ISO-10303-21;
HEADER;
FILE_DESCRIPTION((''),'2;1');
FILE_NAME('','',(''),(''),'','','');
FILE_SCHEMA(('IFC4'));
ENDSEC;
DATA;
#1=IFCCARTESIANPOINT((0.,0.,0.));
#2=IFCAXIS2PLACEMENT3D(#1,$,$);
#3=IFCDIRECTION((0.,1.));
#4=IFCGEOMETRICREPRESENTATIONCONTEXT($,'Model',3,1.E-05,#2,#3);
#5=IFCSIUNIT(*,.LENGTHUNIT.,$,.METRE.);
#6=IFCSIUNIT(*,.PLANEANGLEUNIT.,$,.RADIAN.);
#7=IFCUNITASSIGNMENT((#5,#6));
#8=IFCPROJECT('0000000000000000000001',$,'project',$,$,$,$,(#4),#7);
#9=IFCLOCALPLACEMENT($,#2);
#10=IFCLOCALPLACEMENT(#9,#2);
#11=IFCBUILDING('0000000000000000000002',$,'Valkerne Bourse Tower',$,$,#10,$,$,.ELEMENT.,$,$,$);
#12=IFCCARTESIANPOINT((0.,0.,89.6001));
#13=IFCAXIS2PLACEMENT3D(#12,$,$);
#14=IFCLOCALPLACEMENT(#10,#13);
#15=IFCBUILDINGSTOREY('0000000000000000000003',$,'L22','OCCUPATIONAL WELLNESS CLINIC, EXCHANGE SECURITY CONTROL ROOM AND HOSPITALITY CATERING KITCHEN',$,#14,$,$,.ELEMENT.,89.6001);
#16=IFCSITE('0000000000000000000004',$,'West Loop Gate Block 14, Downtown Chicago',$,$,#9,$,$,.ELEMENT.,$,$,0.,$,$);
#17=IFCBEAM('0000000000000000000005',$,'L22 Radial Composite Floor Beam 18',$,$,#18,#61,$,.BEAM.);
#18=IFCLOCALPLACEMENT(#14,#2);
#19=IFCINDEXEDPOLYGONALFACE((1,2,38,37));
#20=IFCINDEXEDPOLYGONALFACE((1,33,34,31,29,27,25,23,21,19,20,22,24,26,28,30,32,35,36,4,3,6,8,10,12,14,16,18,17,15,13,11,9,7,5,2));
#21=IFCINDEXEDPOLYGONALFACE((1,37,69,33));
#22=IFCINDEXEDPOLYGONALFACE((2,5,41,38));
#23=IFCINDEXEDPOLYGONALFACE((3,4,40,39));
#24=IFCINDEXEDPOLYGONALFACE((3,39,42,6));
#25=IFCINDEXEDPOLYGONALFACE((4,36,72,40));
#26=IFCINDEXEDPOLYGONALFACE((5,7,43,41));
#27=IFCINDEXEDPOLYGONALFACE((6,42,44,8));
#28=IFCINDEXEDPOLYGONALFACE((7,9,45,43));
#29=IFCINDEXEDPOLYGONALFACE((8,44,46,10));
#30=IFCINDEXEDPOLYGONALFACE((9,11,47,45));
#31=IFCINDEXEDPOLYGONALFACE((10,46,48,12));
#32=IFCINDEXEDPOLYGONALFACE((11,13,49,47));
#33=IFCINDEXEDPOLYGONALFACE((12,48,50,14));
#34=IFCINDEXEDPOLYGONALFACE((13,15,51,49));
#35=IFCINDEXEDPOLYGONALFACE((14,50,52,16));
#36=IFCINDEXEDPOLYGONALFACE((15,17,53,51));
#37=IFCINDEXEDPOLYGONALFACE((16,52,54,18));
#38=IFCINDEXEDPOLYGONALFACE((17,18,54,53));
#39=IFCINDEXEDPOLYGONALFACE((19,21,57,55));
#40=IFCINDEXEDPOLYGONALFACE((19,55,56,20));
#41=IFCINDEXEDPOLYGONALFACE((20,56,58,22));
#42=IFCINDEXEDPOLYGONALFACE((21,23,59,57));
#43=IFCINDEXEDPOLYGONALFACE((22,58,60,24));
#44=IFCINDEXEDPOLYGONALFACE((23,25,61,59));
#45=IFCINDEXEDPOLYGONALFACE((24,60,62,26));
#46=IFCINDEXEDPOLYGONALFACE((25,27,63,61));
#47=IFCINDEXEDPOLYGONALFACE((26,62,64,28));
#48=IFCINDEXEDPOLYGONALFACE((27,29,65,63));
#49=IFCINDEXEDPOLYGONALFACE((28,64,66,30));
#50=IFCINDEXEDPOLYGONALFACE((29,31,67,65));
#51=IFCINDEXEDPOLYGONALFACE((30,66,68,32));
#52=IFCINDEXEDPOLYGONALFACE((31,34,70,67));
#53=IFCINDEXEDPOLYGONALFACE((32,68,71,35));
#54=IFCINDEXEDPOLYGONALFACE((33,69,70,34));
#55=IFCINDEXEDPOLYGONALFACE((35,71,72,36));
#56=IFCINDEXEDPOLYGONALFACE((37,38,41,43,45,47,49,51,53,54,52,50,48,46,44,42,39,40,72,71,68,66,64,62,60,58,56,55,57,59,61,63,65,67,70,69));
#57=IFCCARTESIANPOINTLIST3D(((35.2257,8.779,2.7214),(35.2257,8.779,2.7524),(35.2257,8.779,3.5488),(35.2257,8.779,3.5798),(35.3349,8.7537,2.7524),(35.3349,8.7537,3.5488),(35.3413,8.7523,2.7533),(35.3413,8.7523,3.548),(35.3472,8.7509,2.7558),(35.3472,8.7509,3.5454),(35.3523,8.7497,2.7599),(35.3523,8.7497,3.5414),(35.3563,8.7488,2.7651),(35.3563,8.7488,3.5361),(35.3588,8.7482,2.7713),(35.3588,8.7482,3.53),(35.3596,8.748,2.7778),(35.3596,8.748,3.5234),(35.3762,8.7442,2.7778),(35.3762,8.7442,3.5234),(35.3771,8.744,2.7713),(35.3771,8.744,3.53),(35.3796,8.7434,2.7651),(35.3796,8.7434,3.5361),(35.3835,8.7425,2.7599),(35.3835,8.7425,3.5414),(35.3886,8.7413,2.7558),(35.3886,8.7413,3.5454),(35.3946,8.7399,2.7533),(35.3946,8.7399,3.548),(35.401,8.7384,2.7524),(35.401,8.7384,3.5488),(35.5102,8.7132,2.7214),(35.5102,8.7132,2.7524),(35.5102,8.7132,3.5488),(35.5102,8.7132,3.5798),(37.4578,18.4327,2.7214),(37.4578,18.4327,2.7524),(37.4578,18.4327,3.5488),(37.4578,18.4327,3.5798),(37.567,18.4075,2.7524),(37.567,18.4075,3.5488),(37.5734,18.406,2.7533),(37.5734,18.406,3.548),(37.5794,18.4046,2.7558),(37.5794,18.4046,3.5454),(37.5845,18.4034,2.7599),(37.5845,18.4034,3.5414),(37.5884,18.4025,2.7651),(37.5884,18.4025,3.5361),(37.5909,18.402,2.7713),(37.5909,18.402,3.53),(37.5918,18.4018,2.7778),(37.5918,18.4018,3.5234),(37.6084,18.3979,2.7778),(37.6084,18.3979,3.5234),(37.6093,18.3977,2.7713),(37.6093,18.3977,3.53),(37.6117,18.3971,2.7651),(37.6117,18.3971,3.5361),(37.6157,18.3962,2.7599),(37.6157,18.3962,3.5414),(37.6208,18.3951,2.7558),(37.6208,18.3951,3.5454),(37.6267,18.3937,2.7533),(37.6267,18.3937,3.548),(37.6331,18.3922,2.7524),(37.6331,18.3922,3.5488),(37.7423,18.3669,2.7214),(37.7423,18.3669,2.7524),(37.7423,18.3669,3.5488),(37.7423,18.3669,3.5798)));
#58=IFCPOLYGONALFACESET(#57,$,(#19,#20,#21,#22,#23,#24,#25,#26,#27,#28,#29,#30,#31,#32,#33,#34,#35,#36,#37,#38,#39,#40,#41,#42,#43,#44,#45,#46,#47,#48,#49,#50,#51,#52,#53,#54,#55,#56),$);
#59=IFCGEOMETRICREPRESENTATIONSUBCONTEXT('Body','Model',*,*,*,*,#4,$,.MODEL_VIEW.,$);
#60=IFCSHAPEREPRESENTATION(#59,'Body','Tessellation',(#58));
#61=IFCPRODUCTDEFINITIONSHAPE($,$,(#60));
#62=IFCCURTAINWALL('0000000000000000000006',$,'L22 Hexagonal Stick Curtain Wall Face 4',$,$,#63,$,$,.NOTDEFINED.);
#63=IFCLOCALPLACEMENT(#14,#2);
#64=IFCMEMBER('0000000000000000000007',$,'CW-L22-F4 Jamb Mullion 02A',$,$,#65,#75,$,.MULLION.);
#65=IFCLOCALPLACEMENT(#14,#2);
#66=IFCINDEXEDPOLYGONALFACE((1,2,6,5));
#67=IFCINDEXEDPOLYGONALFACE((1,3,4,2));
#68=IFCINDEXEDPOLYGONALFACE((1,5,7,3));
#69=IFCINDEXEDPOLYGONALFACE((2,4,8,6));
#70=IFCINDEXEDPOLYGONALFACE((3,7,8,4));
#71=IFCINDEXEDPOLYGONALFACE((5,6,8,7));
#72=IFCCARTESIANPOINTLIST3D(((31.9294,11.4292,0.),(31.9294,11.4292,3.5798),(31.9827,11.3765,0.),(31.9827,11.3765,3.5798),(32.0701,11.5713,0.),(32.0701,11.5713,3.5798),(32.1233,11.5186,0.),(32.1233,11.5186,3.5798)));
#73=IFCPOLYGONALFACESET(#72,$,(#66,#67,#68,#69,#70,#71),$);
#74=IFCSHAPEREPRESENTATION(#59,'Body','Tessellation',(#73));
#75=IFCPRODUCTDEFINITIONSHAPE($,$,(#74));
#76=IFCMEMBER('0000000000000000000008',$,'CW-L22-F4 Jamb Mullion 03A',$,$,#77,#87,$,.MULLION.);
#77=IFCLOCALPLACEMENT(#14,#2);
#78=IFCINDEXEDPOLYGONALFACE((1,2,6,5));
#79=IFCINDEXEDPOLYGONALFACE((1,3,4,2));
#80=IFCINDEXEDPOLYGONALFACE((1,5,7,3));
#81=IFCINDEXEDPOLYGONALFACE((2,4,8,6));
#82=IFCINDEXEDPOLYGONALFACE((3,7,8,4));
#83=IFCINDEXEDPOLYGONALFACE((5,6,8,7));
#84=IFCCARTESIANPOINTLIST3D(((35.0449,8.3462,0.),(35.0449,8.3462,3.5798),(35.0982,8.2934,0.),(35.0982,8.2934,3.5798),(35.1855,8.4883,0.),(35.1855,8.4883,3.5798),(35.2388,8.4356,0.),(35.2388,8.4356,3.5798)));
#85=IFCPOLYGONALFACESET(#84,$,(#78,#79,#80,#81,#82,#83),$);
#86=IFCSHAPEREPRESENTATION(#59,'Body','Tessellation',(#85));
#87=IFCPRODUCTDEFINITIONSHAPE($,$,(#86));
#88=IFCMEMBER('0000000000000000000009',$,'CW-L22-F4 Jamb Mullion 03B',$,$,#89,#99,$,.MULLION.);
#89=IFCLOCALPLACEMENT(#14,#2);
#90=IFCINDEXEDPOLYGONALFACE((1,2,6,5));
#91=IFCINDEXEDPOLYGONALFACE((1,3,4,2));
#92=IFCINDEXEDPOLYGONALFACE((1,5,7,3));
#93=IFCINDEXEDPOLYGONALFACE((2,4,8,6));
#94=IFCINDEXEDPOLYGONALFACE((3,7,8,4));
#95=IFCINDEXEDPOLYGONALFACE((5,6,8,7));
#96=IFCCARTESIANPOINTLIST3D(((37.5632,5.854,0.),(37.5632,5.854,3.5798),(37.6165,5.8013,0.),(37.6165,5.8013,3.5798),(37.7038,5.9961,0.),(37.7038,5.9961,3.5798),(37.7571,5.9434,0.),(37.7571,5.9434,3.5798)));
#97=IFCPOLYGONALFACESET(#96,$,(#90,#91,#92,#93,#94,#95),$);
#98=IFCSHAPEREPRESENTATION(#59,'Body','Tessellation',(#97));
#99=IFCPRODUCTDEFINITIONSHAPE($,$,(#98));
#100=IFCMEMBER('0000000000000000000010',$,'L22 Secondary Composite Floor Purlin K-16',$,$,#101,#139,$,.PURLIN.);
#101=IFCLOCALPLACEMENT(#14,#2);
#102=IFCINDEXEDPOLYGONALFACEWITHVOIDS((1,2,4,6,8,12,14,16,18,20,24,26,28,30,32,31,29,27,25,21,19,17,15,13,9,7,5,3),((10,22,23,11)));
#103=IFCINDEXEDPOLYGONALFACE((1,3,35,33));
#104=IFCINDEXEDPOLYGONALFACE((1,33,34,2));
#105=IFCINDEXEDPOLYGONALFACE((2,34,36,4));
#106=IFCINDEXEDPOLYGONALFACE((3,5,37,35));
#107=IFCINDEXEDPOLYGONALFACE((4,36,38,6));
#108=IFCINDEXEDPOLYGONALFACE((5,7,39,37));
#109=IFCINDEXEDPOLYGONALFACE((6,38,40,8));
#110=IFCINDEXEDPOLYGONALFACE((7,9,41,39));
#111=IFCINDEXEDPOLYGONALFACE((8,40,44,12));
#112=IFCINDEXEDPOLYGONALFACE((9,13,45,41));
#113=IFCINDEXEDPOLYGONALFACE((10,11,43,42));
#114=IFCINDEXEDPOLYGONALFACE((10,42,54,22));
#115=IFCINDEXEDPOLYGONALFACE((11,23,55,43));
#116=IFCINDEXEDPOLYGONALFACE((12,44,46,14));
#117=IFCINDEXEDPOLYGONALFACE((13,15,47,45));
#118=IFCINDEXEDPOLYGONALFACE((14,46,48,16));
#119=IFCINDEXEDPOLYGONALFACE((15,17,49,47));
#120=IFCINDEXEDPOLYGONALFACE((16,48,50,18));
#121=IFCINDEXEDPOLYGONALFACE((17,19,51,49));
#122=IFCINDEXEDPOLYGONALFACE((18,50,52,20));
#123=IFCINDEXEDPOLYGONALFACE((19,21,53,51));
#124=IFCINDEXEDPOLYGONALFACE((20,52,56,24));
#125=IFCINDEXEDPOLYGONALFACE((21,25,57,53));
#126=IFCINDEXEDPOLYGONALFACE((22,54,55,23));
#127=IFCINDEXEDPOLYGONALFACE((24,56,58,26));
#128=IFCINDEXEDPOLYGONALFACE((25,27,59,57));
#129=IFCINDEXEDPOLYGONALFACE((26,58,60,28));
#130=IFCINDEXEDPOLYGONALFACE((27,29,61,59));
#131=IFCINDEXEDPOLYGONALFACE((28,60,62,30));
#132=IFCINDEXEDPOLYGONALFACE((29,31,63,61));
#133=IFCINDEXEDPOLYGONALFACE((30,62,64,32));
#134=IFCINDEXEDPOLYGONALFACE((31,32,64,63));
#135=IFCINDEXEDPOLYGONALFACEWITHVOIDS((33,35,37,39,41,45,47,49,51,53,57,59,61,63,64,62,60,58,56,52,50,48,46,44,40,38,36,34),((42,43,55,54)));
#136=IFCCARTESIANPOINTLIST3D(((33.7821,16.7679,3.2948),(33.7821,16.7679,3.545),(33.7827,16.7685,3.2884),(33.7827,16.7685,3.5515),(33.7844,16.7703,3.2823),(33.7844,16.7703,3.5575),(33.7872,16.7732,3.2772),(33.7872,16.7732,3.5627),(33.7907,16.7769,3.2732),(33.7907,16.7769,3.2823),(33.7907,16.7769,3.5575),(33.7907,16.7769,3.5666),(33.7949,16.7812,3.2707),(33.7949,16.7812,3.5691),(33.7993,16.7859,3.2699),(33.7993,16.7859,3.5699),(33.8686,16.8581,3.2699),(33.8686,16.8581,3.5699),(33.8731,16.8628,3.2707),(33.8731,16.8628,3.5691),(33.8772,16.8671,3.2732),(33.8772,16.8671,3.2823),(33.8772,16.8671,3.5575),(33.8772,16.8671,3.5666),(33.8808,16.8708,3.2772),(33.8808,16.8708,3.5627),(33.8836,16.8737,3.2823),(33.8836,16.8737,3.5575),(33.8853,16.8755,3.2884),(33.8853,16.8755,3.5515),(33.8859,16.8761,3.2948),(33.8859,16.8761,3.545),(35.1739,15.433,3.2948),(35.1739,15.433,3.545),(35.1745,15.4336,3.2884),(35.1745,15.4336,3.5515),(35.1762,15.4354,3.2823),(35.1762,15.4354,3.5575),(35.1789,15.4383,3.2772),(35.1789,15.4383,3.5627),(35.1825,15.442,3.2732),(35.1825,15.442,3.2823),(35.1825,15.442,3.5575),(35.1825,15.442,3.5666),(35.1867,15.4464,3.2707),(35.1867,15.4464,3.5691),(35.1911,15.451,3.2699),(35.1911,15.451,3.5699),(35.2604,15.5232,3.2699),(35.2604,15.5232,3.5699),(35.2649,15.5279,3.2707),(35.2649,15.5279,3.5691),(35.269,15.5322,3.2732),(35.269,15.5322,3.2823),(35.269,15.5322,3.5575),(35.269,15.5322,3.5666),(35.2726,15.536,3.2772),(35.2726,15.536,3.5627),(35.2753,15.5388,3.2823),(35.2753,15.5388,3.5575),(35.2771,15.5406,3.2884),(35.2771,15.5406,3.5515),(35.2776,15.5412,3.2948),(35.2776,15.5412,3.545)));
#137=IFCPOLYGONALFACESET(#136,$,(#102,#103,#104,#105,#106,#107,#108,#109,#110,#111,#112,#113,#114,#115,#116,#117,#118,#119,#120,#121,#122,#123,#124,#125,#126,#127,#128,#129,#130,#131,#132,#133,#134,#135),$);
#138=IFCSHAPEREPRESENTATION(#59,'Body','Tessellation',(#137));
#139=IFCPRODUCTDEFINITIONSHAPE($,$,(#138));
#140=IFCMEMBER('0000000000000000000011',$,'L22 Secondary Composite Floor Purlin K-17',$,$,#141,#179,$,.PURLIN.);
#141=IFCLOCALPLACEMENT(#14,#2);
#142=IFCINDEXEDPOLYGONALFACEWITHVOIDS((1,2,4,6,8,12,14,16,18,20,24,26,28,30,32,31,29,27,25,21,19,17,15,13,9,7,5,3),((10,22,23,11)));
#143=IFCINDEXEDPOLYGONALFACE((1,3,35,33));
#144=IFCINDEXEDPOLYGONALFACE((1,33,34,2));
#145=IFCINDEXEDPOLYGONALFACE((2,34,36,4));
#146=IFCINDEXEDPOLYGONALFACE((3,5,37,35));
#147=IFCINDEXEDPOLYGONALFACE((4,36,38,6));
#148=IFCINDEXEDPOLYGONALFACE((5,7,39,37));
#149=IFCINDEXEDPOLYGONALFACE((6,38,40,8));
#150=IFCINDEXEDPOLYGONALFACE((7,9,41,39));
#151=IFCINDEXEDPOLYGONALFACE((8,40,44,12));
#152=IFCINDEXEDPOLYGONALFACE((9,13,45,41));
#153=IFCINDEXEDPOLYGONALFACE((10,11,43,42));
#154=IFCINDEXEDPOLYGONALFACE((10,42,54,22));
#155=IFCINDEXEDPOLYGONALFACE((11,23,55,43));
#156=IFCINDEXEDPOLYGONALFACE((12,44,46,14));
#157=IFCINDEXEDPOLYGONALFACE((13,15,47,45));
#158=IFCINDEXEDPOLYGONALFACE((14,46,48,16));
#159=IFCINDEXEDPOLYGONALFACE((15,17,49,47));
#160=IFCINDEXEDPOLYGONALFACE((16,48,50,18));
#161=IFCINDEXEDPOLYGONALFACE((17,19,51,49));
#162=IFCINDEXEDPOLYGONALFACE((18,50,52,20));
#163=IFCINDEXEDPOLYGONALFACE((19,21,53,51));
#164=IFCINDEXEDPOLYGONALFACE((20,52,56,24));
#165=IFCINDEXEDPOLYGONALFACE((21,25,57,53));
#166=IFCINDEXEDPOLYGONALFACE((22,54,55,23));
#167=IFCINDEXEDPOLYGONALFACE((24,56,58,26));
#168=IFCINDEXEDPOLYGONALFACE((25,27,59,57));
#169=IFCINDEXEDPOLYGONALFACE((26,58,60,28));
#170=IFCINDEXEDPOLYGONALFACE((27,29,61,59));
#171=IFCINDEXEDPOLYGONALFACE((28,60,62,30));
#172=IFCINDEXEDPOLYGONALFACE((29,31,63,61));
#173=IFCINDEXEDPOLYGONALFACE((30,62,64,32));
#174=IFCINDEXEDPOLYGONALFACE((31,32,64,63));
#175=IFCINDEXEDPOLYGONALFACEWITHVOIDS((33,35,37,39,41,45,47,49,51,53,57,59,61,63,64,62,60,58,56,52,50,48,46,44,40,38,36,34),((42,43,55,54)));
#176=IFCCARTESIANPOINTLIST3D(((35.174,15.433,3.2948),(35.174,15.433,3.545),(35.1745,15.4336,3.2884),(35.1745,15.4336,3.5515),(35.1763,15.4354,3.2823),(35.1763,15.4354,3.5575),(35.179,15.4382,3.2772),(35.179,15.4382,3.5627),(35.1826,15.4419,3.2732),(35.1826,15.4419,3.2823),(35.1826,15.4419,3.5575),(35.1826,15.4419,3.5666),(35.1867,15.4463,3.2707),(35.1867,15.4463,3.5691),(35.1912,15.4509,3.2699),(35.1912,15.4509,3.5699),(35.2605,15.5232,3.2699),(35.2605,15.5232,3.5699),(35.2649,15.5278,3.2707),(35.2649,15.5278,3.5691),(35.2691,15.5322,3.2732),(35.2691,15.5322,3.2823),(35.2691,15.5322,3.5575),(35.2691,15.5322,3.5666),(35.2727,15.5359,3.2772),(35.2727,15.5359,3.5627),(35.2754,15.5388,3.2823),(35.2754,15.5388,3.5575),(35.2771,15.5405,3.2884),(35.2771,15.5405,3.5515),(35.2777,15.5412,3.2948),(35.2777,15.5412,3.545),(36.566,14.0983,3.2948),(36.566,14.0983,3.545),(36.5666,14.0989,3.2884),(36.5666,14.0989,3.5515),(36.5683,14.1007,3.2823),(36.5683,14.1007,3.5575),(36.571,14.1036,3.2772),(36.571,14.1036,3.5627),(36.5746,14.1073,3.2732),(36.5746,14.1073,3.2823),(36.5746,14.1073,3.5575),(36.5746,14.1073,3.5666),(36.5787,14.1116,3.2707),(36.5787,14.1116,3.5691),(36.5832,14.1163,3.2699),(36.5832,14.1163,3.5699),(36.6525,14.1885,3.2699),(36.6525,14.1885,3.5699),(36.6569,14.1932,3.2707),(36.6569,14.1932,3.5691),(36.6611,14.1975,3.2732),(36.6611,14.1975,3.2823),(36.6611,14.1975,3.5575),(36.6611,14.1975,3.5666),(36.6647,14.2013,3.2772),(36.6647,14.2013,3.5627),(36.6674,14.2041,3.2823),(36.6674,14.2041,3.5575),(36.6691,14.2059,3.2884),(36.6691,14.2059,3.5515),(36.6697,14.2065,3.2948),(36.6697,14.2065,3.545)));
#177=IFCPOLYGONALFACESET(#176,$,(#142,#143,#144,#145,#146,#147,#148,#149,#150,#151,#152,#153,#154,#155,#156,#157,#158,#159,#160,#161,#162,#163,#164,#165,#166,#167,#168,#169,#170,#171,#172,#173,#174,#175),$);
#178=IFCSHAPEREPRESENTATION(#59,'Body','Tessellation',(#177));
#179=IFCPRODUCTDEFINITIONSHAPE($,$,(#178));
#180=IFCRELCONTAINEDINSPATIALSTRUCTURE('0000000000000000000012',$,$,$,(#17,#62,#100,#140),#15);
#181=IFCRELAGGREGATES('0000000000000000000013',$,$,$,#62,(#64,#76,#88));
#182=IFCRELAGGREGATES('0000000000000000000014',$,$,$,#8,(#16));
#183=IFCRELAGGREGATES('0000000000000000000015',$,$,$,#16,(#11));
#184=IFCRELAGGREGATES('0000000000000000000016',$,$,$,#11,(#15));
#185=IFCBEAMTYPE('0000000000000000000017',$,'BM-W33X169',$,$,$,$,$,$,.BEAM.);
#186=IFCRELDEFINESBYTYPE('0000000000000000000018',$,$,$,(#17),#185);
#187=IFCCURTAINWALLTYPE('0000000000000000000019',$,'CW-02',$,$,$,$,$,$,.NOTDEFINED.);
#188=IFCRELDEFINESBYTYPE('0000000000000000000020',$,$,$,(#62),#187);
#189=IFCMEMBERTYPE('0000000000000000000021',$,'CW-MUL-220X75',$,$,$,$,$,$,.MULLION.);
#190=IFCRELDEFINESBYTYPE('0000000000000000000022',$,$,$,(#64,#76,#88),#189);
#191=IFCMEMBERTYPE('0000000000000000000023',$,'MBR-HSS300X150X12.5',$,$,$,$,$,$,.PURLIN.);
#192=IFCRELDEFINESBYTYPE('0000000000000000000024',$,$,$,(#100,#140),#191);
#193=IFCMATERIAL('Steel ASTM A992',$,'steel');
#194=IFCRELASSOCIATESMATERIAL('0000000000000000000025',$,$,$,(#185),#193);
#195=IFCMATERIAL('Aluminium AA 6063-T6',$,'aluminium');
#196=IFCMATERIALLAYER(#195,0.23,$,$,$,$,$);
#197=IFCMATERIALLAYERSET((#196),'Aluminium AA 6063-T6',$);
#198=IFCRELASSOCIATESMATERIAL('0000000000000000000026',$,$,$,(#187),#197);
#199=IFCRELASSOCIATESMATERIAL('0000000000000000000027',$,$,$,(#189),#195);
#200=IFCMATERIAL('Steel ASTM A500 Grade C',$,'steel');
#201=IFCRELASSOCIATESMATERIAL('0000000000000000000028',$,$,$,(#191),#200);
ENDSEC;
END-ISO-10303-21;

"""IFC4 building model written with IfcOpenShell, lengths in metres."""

from ifc_helpers import new_model, si_unit, direction, frame, origin, origin_2d, place, context, subcontext, project, spatial, rectangle, hollow_rectangle, i_section, extrude, material, layer, layer_set, material_profile, profile_set, type_object, element, aggregate, save


model = new_model("IFC4")

# Units and contexts
model_context = context("Model", 3, precision=1e-05, world=origin(), true_north=direction((0.0, 1.0)))
body_context = subcontext(model_context, "Body", "Model", "MODEL_VIEW")
ifc_project = project(units=[si_unit("LENGTHUNIT", "METRE"), si_unit("PLANEANGLEUNIT", "RADIAN")], contexts=[model_context])

# Site, building, storey
site_placement = place(None, origin())
site = spatial("IfcSite", under=ifc_project, at=site_placement, Name="West Loop Gate Block 14, Downtown Chicago", CompositionType="ELEMENT", RefElevation=0.0)
building_placement = place(site_placement, origin())
building = spatial("IfcBuilding", under=site, at=building_placement, Name="Valkerne Bourse Tower", CompositionType="ELEMENT")
storey_placement = place(building_placement, frame((0.0, 0.0, 89.6001)))
storey = spatial("IfcBuildingStorey", under=building, at=storey_placement, Name="L22", Description="OCCUPATIONAL WELLNESS CLINIC, EXCHANGE SECURITY CONTROL ROOM AND HOSPITALITY CATERING KITCHEN", CompositionType="ELEMENT", Elevation=89.6001)

# Beam
ifc_material_1 = material(Name="Steel ASTM A992", Category="steel")
ifc_material_profile_1 = material_profile(ifc_material_1, i_section(OverallWidth=0.292, OverallDepth=0.8584, WebThickness=0.0171, FlangeThickness=0.031, FilletRadius=0.0254, at=origin_2d()), Name="W33X169")
ifc_profile_set_1 = profile_set([ifc_material_profile_1], Name="Steel ASTM A992")
beam_type_1 = type_object("IfcBeamType", Name="BM-W33X169", PredefinedType="BEAM", material=ifc_profile_set_1)
beam_1_placement = place(storey_placement, frame((35.3679, 8.7461, 3.1506), z_axis=(0.225279, 0.974294, 0.0), x_axis=(-0.974294, 0.225279, 0.0)))
element("IfcBeam", 1, at=beam_1_placement, inside=storey, type_object=beam_type_1, Name="L22 Radial Composite Floor Beam 18", PredefinedType="BEAM", context=body_context, shape_type="SweptSolid", body=[
    extrude(i_section(OverallWidth=0.292, OverallDepth=0.8584, WebThickness=0.0171, FlangeThickness=0.031, FilletRadius=0.0254, at=origin_2d()), origin(), (0.0, 0.0, 1.0), 9.9084),
])

# Curtain wall, members
ifc_material_2 = material(Name="Aluminium AA 6063-T6", Category="aluminium")
ifc_layer_1 = layer(ifc_material_2, 0.23)
ifc_layer_set_1 = layer_set([ifc_layer_1], Name="Aluminium AA 6063-T6")
curtain_wall_type = type_object("IfcCurtainWallType", Name="CW-02", PredefinedType="NOTDEFINED", material=ifc_layer_set_1)
curtain_wall_placement = place(storey_placement, origin())
curtain_wall = element("IfcCurtainWall", 2, at=curtain_wall_placement, inside=storey, type_object=curtain_wall_type, Name="L22 Hexagonal Stick Curtain Wall Face 4", PredefinedType="NOTDEFINED")
ifc_material_profile_2 = material_profile(ifc_material_2, rectangle(XDim=0.075, YDim=0.2, at=origin_2d()), Name="CWM-75X200")
ifc_profile_set_2 = profile_set([ifc_material_profile_2], Name="Aluminium AA 6063-T6")
member_type_1 = type_object("IfcMemberType", Name="CW-MUL-220X75", PredefinedType="MULLION", material=ifc_profile_set_2)
member_1_placement = place(storey_placement, frame((32.0264, 11.4739, 0.0), z_axis=(0.0, 0.0, 1.0), x_axis=(0.710793, -0.703401, 0.0)))
member_1 = element("IfcMember", 3, at=member_1_placement, type_object=member_type_1, Name="CW-L22-F4 Jamb Mullion 02A", PredefinedType="MULLION", context=body_context, shape_type="SweptSolid", body=[
    extrude(rectangle(XDim=0.075, YDim=0.2, at=origin_2d()), origin(), (0.0, 0.0, 1.0), 3.5798),
])
member_2_placement = place(storey_placement, frame((35.1418, 8.3909, 0.0), z_axis=(0.0, 0.0, 1.0), x_axis=(0.710805, -0.70339, 0.0)))
member_2 = element("IfcMember", 4, at=member_2_placement, type_object=member_type_1, Name="CW-L22-F4 Jamb Mullion 03A", PredefinedType="MULLION", context=body_context, shape_type="SweptSolid", body=[
    extrude(rectangle(XDim=0.075, YDim=0.2, at=origin_2d()), origin(), (0.0, 0.0, 1.0), 3.5798),
])
member_3_placement = place(storey_placement, frame((37.6602, 5.8987, 0.0), z_axis=(0.0, 0.0, 1.0), x_axis=(0.710805, -0.70339, 0.0)))
member_3 = element("IfcMember", 5, at=member_3_placement, type_object=member_type_1, Name="CW-L22-F4 Jamb Mullion 03B", PredefinedType="MULLION", context=body_context, shape_type="SweptSolid", body=[
    extrude(rectangle(XDim=0.075, YDim=0.2, at=origin_2d()), origin(), (0.0, 0.0, 1.0), 3.5798),
])

# Members
ifc_material_3 = material(Name="Steel ASTM A500 Grade C", Category="steel")
ifc_material_profile_3 = material_profile(ifc_material_3, hollow_rectangle(XDim=0.1499, YDim=0.3, WallThickness=0.0125, OuterFilletRadius=0.0249, at=origin_2d()), Name="HSS300X150X12.5")
ifc_profile_set_3 = profile_set([ifc_material_profile_3], Name="Steel ASTM A500 Grade C")
member_type_2 = type_object("IfcMemberType", Name="MBR-HSS300X150X12.5", PredefinedType="PURLIN", material=ifc_profile_set_3)
for number, where, z_axis, x_axis, name in (
    (6, (33.834, 16.822, 3.4199), (0.721701, -0.692205, 0.0), (0.692205, 0.721701, 0.0), "L22 Secondary Composite Floor Purlin K-16"),
    (7, (35.2258, 15.4871, 3.4199), (0.721825, -0.692076, 0.0), (0.692076, 0.721825, 0.0), "L22 Secondary Composite Floor Purlin K-17"),
):
    element("IfcMember", number, at=place(storey_placement, frame(where, z_axis=z_axis, x_axis=x_axis)), inside=storey, type_object=member_type_2, Name=name, PredefinedType="PURLIN", context=body_context, shape_type="SweptSolid", body=[
        extrude(hollow_rectangle(XDim=0.1499, YDim=0.3, WallThickness=0.0125, OuterFilletRadius=0.0249, at=origin_2d()), origin(), (0.0, 0.0, 1.0), 1.9285),
    ])

aggregate(curtain_wall, [member_1, member_2, member_3])

save(model, "model.ifc")
